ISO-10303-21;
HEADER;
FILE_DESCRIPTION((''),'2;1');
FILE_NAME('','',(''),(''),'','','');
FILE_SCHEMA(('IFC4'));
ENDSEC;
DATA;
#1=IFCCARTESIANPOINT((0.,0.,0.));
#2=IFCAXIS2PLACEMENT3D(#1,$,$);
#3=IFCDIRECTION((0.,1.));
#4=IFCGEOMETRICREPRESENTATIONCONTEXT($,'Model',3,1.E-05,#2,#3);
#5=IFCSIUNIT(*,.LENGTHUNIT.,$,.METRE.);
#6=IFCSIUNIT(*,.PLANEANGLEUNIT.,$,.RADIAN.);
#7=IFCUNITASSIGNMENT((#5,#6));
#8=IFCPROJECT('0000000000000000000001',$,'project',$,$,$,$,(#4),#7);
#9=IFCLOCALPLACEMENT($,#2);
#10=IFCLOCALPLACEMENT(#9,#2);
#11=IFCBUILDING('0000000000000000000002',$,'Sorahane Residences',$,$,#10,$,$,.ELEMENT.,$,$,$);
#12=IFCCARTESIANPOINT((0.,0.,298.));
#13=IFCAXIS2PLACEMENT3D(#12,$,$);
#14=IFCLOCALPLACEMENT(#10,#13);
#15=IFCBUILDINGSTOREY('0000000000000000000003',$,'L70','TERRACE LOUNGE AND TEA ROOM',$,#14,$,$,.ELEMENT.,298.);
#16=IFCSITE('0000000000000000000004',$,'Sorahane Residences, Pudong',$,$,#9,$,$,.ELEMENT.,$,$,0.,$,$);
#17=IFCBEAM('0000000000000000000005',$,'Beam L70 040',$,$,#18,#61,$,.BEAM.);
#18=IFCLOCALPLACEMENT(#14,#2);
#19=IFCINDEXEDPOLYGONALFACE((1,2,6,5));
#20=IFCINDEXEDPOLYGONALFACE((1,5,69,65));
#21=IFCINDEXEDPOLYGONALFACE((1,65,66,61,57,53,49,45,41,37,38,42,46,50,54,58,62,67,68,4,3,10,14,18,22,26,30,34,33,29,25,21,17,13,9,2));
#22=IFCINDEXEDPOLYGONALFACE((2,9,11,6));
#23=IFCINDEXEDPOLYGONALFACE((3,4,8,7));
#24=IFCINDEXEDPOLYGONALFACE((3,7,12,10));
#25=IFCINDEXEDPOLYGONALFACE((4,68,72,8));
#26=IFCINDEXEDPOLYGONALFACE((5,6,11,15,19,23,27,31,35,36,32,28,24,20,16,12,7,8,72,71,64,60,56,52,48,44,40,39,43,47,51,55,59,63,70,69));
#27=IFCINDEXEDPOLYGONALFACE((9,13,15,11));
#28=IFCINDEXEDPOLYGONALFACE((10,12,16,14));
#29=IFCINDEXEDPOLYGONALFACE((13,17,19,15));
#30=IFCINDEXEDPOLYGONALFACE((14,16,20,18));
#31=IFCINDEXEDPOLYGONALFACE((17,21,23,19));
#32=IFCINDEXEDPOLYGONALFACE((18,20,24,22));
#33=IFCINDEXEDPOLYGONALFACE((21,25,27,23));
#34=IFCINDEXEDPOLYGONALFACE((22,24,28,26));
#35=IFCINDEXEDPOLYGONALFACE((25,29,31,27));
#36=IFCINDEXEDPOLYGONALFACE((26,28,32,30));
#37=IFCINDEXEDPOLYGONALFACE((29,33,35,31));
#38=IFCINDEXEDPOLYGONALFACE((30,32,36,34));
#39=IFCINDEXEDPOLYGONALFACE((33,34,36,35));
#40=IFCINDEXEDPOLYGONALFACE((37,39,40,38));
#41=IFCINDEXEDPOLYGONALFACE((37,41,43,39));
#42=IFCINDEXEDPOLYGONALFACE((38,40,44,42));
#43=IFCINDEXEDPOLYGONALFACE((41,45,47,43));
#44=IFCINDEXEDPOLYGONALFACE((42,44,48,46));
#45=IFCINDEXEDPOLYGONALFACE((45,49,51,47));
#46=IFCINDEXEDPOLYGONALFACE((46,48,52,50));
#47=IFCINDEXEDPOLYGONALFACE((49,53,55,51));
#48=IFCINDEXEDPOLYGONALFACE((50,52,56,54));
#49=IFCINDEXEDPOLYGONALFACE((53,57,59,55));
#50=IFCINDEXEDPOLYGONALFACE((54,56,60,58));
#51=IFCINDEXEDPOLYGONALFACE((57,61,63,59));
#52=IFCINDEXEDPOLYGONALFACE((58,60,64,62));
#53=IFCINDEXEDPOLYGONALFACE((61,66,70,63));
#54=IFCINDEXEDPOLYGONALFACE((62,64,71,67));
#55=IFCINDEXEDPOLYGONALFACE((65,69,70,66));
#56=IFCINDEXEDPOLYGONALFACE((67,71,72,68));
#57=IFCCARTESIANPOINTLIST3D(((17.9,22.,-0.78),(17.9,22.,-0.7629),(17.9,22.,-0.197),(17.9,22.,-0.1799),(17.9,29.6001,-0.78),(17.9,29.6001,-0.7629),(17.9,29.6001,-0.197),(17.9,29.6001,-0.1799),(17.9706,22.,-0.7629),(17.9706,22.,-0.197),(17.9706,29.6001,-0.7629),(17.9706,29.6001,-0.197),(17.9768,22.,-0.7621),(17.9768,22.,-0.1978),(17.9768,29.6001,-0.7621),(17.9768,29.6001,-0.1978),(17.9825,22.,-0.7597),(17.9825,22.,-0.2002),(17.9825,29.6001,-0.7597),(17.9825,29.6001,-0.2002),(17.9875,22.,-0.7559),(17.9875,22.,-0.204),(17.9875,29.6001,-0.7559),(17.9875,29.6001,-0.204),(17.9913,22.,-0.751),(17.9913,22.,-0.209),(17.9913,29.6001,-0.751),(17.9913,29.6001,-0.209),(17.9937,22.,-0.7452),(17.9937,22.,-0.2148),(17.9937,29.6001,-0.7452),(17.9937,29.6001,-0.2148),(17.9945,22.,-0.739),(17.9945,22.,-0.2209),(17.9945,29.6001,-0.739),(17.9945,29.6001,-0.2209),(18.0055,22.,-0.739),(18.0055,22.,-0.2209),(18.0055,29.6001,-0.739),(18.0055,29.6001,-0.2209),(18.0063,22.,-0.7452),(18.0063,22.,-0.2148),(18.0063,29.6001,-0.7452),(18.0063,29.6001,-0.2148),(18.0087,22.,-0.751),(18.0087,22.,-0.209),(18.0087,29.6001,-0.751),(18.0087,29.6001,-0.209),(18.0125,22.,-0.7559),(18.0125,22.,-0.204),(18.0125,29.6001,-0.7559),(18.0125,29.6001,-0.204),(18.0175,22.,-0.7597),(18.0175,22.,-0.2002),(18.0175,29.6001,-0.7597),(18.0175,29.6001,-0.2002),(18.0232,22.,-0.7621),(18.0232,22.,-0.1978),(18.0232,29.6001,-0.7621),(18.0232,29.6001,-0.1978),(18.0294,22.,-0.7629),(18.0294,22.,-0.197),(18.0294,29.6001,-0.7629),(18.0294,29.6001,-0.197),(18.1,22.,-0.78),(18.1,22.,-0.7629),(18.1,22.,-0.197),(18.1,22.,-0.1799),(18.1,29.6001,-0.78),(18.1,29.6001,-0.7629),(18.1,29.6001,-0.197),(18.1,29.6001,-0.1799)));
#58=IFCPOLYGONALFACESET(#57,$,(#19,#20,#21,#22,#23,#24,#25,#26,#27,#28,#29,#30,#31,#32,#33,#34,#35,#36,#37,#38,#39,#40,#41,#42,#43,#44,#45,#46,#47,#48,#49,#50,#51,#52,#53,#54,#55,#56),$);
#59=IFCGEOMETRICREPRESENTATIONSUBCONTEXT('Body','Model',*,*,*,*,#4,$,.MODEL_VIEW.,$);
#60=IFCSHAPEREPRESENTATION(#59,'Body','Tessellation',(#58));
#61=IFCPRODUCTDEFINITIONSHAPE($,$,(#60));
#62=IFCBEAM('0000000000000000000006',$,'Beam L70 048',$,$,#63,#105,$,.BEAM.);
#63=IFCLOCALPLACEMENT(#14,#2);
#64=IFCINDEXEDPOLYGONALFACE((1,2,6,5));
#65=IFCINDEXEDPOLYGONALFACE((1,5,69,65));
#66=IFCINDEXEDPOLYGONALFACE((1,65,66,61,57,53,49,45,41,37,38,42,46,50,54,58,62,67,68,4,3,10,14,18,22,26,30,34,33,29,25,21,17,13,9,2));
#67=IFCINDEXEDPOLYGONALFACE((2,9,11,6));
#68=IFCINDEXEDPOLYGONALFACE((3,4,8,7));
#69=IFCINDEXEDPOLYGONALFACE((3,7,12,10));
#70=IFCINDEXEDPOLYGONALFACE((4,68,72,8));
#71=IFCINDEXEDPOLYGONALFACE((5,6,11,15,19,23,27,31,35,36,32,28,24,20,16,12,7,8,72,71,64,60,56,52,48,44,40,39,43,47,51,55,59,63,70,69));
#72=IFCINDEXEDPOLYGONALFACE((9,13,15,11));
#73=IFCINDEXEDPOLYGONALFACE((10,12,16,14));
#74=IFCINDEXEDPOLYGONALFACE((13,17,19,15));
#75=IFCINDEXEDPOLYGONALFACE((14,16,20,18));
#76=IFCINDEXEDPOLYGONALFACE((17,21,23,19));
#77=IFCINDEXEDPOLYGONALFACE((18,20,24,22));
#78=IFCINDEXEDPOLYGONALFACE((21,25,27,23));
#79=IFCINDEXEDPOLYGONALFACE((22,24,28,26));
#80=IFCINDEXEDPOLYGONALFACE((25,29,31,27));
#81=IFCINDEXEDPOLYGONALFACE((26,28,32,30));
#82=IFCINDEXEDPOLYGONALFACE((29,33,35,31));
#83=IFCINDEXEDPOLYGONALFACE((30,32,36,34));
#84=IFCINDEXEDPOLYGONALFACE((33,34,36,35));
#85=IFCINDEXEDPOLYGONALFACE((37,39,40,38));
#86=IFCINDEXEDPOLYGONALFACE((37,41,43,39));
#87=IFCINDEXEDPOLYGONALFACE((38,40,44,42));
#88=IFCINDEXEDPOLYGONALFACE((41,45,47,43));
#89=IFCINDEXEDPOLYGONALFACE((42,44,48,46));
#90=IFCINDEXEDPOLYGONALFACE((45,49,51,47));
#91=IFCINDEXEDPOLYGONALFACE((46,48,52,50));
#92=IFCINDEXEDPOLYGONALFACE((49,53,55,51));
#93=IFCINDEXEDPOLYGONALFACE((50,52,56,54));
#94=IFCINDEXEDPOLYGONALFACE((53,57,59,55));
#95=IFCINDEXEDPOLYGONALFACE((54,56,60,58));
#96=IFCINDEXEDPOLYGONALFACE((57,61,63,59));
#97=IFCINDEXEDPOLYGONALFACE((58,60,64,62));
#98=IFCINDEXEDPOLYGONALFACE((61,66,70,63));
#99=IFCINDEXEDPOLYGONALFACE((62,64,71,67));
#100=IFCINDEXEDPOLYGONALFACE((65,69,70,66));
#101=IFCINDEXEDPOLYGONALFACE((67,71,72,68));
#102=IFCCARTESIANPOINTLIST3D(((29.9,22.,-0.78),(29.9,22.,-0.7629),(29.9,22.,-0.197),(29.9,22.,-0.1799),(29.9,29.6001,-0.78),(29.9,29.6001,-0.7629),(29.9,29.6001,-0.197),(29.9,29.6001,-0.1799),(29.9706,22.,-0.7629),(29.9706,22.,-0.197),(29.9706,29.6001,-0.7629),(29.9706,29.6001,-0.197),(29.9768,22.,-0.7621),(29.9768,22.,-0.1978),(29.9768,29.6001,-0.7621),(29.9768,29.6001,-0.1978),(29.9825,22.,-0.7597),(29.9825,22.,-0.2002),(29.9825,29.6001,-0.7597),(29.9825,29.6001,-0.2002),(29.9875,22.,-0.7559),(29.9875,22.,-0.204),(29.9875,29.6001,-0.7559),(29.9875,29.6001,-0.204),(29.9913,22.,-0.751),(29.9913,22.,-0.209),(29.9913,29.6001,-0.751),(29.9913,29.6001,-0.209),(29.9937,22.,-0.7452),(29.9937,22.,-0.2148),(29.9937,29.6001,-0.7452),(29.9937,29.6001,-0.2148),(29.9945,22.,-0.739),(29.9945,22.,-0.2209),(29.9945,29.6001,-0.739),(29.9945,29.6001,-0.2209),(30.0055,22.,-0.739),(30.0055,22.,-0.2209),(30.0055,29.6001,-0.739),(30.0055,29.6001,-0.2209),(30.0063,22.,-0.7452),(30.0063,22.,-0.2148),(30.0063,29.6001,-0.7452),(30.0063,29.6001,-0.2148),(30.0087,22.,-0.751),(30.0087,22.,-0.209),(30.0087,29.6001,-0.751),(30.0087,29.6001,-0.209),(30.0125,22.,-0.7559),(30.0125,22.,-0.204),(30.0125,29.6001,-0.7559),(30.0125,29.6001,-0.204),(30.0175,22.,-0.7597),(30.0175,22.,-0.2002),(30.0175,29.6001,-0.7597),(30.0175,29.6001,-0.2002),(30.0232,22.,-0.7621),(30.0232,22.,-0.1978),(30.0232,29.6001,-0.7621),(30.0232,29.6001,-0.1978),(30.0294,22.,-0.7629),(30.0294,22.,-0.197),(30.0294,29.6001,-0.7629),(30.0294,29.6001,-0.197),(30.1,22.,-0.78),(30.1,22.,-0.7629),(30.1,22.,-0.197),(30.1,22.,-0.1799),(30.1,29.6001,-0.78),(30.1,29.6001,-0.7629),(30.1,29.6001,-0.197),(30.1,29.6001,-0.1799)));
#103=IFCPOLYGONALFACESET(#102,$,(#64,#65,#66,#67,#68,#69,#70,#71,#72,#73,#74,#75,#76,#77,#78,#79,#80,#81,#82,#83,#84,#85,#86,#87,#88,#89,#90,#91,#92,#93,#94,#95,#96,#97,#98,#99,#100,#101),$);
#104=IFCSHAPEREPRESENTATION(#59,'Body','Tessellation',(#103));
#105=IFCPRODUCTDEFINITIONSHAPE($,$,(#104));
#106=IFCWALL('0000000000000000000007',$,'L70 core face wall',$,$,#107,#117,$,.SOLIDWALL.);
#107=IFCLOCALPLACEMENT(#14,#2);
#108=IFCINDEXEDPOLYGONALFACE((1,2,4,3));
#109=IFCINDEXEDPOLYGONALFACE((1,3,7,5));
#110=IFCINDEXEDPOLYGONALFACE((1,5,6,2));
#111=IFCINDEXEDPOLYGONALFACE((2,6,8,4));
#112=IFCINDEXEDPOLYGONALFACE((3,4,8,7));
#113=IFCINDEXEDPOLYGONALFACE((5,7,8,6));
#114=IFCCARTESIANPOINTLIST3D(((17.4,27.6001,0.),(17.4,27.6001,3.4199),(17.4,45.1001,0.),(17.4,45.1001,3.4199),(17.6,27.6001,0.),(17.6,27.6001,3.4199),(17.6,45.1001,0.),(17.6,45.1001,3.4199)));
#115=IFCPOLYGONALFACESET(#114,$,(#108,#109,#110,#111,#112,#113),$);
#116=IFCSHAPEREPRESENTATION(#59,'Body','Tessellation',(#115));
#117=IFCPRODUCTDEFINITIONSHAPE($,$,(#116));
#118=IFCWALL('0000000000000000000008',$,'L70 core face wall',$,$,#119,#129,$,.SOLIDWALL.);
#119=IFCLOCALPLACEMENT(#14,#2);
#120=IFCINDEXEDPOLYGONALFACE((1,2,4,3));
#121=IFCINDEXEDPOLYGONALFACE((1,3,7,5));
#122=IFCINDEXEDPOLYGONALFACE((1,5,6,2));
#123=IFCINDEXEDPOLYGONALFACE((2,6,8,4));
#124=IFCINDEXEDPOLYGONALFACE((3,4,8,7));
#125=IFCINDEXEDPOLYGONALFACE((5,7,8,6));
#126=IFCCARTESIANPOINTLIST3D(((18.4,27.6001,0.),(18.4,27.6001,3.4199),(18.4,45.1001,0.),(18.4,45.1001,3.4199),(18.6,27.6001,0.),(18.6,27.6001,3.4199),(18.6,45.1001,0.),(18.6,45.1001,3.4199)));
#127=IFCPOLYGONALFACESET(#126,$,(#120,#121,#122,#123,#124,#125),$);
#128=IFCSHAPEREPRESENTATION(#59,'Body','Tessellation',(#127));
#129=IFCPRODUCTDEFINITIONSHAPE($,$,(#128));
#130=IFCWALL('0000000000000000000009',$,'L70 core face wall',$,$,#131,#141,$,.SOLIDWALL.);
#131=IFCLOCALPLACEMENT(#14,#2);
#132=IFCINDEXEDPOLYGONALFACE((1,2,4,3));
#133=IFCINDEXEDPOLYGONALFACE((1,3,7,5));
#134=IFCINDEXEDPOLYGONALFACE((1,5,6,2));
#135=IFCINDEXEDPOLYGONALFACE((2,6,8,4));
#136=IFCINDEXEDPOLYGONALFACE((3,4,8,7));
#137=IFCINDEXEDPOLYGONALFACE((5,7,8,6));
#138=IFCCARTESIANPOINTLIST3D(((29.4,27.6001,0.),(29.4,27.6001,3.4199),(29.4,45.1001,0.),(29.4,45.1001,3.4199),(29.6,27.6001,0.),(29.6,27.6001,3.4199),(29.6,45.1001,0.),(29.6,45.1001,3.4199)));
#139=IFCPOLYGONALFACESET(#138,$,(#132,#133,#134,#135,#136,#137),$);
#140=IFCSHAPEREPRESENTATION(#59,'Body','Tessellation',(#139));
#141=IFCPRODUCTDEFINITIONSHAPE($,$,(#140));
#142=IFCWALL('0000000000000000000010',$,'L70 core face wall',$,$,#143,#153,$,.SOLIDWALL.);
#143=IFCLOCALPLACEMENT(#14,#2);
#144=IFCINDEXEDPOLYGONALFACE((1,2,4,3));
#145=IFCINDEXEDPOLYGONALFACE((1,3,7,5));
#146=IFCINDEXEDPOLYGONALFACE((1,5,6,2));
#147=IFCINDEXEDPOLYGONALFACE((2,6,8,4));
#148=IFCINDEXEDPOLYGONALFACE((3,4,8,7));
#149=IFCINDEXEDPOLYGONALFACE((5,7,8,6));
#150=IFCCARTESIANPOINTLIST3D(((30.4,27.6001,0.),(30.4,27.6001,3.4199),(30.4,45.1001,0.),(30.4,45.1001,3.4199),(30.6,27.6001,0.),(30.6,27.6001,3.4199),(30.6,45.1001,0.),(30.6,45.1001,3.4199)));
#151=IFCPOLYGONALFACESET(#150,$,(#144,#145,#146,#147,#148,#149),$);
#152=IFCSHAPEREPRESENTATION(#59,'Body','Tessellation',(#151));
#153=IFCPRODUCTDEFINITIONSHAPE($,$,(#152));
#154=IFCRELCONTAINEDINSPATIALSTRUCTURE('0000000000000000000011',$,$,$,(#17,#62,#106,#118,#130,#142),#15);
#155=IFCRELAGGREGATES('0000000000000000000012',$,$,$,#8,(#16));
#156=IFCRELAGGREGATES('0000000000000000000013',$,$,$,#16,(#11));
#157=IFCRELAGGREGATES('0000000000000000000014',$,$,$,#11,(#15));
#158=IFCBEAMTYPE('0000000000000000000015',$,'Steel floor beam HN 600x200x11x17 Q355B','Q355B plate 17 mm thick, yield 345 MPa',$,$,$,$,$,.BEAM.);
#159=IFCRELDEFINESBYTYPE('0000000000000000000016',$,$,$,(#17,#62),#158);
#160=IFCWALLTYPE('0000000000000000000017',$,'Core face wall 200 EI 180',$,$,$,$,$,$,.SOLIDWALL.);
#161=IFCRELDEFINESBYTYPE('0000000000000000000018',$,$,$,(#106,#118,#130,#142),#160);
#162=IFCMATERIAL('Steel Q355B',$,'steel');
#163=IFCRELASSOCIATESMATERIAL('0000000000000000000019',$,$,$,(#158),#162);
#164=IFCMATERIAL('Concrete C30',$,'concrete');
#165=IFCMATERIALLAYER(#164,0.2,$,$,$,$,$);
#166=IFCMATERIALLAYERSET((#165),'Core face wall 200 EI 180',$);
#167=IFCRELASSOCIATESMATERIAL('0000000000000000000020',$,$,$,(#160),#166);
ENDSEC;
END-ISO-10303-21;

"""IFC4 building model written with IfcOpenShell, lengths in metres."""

from ifc_helpers import new_model, si_unit, direction, frame, frame_2d, origin, origin_2d, place, context, subcontext, project, spatial, rectangle, i_section, extrude, material, layer, layer_set, material_profile, profile_set, type_object, element, save


model = new_model("IFC4")

# Units and contexts
model_context = context("Model", 3, precision=1e-05, world=origin(), true_north=direction((0.0, 1.0)))
body_context = subcontext(model_context, "Body", "Model", "MODEL_VIEW")
ifc_project = project(units=[si_unit("LENGTHUNIT", "METRE"), si_unit("PLANEANGLEUNIT", "RADIAN")], contexts=[model_context])

# Site, building, storey
site_placement = place(None, origin())
site = spatial("IfcSite", under=ifc_project, at=site_placement, Name="Sorahane Residences, Pudong", CompositionType="ELEMENT", RefElevation=0.0)
building_placement = place(site_placement, origin())
building = spatial("IfcBuilding", under=site, at=building_placement, Name="Sorahane Residences", CompositionType="ELEMENT")
storey_placement = place(building_placement, frame((0.0, 0.0, 298.0)))
storey = spatial("IfcBuildingStorey", under=building, at=storey_placement, Name="L70", Description="TERRACE LOUNGE AND TEA ROOM", CompositionType="ELEMENT", Elevation=298.0)

# Beams
ifc_material_1 = material(Name="Steel Q355B", Category="steel")
ifc_material_profile = material_profile(ifc_material_1, i_section(OverallWidth=0.2, OverallDepth=0.6001, WebThickness=0.011, FlangeThickness=0.0171, FilletRadius=0.0239, at=origin_2d()), Name="HN 600x200x11x17")
ifc_profile_set = profile_set([ifc_material_profile], Name="Steel Q355B")
beam_type = type_object("IfcBeamType", Name="Steel floor beam HN 600x200x11x17 Q355B", Description="Q355B plate 17 mm thick, yield 345 MPa", PredefinedType="BEAM", material=ifc_profile_set)
for number, where, z_axis, x_axis, name in (
    (1, (18.0, 22.0, -0.48), (0.0, 1.0, 0.0), (-1.0, 0.0, 0.0), "Beam L70 040"),
    (2, (30.0, 22.0, -0.48), (0.0, 1.0, 0.0), (-1.0, 0.0, 0.0), "Beam L70 048"),
):
    element("IfcBeam", number, at=place(storey_placement, frame(where, z_axis=z_axis, x_axis=x_axis)), inside=storey, type_object=beam_type, Name=name, PredefinedType="BEAM", context=body_context, shape_type="SweptSolid", body=[
        extrude(i_section(OverallWidth=0.2, OverallDepth=0.6001, WebThickness=0.011, FlangeThickness=0.0171, FilletRadius=0.0239, at=origin_2d()), origin(), (0.0, 0.0, 1.0), 7.6001),
    ])

# Walls
ifc_material_2 = material(Name="Concrete C30", Category="concrete")
ifc_layer_1 = layer(ifc_material_2, 0.2)
ifc_layer_set_1 = layer_set([ifc_layer_1], Name="Core face wall 200 EI 180")
wall_type_1 = type_object("IfcWallType", Name="Core face wall 200 EI 180", PredefinedType="SOLIDWALL", material=ifc_layer_set_1)
for number, where, z_axis, x_axis, name in (
    (3, (17.5, 27.6001, 0.0), (0.0, 0.0, 1.0), (0.0, 1.0, 0.0), "L70 core face wall"),
    (4, (18.5, 27.6001, 0.0), (0.0, 0.0, 1.0), (0.0, 1.0, 0.0), "L70 core face wall"),
    (5, (29.5, 27.6001, 0.0), (0.0, 0.0, 1.0), (0.0, 1.0, 0.0), "L70 core face wall"),
    (6, (30.5, 27.6001, 0.0), (0.0, 0.0, 1.0), (0.0, 1.0, 0.0), "L70 core face wall"),
):
    element("IfcWall", number, at=place(storey_placement, frame(where, z_axis=z_axis, x_axis=x_axis)), inside=storey, type_object=wall_type_1, Name=name, PredefinedType="SOLIDWALL", context=body_context, shape_type="SweptSolid", body=[
        extrude(rectangle(XDim=17.5, YDim=0.2, at=frame_2d((8.75, 0.0))), origin(), (0.0, 0.0, 1.0), 3.4199),
    ])

save(model, "model.ifc")
